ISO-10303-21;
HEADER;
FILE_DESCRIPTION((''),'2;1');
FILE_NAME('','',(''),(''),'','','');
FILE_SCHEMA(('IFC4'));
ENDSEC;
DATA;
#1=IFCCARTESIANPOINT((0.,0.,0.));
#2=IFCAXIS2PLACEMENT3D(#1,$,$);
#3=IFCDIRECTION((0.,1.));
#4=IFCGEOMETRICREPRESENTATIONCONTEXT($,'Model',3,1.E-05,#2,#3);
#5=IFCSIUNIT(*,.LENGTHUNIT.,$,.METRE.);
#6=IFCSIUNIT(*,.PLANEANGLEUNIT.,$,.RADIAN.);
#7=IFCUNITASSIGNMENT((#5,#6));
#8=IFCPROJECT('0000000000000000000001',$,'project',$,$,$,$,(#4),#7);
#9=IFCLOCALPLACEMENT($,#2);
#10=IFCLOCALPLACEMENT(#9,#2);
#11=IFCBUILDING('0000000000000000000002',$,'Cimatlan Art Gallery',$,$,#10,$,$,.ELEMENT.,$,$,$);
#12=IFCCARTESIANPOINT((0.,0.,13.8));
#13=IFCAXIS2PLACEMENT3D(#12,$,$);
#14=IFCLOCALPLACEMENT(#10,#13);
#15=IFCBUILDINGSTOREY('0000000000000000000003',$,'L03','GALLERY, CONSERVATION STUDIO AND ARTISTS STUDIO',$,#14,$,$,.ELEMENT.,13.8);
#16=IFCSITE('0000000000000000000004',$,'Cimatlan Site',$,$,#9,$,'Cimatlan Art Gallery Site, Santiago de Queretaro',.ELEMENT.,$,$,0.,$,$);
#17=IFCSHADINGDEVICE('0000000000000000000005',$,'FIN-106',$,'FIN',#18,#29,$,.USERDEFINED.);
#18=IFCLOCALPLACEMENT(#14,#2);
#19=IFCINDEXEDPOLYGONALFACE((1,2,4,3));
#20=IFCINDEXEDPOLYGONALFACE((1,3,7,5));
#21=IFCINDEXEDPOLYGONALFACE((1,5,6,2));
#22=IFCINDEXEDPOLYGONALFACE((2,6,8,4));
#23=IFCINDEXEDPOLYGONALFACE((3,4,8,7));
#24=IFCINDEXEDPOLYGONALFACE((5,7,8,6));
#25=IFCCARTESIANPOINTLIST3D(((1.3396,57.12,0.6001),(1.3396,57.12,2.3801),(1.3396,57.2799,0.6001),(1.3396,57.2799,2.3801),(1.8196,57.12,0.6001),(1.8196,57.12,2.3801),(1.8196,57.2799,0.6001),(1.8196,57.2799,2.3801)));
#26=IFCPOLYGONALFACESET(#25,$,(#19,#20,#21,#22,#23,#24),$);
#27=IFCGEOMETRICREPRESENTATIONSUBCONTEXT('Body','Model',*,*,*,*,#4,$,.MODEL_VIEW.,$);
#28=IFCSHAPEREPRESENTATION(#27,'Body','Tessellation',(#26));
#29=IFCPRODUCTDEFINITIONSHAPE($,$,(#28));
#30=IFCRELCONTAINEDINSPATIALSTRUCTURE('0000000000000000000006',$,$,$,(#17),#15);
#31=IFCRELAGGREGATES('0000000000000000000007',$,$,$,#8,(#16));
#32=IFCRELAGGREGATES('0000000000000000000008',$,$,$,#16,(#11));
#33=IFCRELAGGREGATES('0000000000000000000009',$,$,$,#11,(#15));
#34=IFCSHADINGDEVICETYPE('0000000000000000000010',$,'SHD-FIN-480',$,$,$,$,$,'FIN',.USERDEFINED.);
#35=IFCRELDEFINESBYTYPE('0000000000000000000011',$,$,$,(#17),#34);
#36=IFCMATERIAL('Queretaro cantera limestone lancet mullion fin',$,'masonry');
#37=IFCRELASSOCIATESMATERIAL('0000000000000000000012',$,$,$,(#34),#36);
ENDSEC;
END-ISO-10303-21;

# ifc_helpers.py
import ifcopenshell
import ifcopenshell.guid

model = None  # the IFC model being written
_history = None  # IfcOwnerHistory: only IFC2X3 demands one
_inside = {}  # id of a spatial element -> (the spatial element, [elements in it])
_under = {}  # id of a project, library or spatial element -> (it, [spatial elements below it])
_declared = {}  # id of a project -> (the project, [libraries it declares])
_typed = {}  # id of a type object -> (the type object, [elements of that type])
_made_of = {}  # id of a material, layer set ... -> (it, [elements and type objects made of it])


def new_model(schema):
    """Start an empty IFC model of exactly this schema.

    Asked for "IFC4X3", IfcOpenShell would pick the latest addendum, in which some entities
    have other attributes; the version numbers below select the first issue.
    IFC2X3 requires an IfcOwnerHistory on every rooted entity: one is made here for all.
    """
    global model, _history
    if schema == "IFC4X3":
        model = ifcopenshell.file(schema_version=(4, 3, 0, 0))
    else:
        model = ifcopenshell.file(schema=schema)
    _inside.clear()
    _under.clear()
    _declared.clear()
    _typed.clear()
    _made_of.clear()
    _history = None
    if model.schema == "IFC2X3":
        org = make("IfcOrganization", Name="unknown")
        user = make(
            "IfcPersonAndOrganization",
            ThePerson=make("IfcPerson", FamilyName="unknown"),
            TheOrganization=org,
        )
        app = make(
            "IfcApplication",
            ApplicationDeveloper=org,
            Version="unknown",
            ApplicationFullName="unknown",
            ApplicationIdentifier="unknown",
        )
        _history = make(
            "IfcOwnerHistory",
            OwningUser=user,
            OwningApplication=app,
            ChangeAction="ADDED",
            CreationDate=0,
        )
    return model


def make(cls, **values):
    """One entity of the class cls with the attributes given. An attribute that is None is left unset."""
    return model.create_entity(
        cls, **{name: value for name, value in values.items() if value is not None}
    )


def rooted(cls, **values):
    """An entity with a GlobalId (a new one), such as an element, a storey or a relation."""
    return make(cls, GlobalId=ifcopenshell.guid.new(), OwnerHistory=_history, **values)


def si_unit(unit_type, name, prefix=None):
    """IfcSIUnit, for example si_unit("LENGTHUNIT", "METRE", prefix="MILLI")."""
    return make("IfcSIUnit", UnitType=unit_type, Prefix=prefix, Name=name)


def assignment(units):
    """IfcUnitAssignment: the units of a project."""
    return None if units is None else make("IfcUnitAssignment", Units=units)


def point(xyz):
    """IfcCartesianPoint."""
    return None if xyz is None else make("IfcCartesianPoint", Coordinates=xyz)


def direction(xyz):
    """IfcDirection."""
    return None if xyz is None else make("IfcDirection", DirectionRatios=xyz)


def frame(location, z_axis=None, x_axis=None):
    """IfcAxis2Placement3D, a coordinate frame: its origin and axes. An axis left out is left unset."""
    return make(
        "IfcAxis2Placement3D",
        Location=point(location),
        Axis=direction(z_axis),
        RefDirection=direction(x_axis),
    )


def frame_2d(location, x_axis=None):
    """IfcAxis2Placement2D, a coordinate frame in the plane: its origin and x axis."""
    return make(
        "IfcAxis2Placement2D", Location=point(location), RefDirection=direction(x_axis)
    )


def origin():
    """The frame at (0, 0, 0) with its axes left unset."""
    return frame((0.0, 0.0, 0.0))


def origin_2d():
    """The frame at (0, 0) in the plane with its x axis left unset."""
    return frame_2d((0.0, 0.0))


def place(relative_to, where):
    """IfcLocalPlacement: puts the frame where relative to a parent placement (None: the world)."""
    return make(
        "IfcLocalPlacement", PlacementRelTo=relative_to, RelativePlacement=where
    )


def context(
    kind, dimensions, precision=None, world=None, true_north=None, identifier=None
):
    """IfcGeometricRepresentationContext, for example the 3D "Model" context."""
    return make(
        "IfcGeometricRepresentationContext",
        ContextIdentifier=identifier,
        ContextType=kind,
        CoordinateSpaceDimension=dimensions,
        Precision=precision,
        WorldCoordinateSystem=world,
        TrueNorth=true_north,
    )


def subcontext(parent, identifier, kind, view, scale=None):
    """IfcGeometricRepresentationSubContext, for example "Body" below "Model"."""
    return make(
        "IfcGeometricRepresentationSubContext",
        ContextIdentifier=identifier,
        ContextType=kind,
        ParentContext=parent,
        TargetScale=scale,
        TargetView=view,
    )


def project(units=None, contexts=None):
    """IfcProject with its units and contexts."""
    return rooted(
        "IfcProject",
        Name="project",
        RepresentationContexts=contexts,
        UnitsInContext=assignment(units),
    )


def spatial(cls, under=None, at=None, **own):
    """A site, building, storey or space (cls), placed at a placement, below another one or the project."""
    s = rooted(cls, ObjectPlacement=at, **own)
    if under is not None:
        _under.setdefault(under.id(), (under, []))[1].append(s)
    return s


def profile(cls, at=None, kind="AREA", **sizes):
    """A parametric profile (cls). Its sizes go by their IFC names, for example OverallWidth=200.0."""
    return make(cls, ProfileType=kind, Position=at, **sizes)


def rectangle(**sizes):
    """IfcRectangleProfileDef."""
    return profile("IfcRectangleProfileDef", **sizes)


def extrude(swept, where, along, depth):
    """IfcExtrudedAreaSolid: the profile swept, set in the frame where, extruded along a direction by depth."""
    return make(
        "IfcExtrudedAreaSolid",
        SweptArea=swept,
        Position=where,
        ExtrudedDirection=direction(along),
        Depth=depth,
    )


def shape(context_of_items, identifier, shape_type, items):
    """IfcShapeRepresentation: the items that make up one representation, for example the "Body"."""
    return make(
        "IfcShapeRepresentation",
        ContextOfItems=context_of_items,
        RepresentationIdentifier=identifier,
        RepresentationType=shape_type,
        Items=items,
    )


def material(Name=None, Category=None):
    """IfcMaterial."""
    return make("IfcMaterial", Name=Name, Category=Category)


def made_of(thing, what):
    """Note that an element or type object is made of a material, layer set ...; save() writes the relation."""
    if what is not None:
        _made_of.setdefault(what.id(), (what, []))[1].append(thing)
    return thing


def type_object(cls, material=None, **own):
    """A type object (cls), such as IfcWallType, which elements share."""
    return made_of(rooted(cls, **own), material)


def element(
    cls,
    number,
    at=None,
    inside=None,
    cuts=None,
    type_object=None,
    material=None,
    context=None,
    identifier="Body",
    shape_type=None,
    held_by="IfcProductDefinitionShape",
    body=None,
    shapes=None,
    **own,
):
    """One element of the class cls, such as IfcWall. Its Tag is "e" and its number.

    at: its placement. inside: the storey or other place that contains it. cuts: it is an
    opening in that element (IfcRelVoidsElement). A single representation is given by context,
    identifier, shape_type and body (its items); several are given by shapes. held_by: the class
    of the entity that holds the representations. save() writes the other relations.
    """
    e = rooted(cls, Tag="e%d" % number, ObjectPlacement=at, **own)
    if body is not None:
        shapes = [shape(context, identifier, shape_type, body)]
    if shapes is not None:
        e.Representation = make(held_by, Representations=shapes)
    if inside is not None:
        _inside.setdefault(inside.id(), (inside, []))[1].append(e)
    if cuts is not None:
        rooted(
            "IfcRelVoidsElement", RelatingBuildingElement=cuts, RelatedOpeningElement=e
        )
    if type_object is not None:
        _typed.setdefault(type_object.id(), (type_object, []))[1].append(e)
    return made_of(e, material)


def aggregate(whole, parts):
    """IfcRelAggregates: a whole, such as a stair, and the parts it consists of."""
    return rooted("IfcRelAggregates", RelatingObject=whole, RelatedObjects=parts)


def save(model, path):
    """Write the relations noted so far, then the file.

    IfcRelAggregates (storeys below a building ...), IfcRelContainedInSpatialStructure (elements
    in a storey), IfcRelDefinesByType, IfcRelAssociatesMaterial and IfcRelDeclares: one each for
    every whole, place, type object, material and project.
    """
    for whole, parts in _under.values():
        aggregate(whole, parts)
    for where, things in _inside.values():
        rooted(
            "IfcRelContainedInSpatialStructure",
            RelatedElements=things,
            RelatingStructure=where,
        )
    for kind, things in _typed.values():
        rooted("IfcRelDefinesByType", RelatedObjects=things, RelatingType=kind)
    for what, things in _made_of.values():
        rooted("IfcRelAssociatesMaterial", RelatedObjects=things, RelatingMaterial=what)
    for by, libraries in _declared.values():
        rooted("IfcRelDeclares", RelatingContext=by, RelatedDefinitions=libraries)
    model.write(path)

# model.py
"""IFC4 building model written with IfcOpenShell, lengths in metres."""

from ifc_helpers import new_model, si_unit, direction, frame, origin, origin_2d, place, context, subcontext, project, spatial, rectangle, extrude, material, type_object, element, save


model = new_model("IFC4")

# Units and contexts
model_context = context("Model", 3, precision=1e-05, world=origin(), true_north=direction((0.0, 1.0)))
body_context = subcontext(model_context, "Body", "Model", "MODEL_VIEW")
ifc_project = project(units=[si_unit("LENGTHUNIT", "METRE"), si_unit("PLANEANGLEUNIT", "RADIAN")], contexts=[model_context])

# Site, building, storey
site_placement = place(None, origin())
site = spatial("IfcSite", under=ifc_project, at=site_placement, Name="Cimatlan Site", LongName="Cimatlan Art Gallery Site, Santiago de Queretaro", CompositionType="ELEMENT", RefElevation=0.0)
building_placement = place(site_placement, origin())
building = spatial("IfcBuilding", under=site, at=building_placement, Name="Cimatlan Art Gallery", CompositionType="ELEMENT")
storey_placement = place(building_placement, frame((0.0, 0.0, 13.8)))
storey = spatial("IfcBuildingStorey", under=building, at=storey_placement, Name="L03", Description="GALLERY, CONSERVATION STUDIO AND ARTISTS STUDIO", CompositionType="ELEMENT", Elevation=13.8)

# Shading device
ifc_material_1 = material(Name="Queretaro cantera limestone lancet mullion fin", Category="masonry")
shading_device_type_1 = type_object("IfcShadingDeviceType", Name="SHD-FIN-480", ElementType="FIN", PredefinedType="USERDEFINED", material=ifc_material_1)
shading_device_placement = place(storey_placement, frame((1.5796, 57.2, 0.6001), z_axis=(0.0, 0.0, 1.0), x_axis=(0.0, 1.0, 0.0)))
element("IfcShadingDevice", 1, at=shading_device_placement, inside=storey, type_object=shading_device_type_1, Name="FIN-106", ObjectType="FIN", PredefinedType="USERDEFINED", context=body_context, shape_type="SweptSolid", body=[
    extrude(rectangle(XDim=0.1599, YDim=0.48, at=origin_2d()), origin(), (0.0, 0.0, 1.0), 1.78),
])

save(model, "model.ifc")
